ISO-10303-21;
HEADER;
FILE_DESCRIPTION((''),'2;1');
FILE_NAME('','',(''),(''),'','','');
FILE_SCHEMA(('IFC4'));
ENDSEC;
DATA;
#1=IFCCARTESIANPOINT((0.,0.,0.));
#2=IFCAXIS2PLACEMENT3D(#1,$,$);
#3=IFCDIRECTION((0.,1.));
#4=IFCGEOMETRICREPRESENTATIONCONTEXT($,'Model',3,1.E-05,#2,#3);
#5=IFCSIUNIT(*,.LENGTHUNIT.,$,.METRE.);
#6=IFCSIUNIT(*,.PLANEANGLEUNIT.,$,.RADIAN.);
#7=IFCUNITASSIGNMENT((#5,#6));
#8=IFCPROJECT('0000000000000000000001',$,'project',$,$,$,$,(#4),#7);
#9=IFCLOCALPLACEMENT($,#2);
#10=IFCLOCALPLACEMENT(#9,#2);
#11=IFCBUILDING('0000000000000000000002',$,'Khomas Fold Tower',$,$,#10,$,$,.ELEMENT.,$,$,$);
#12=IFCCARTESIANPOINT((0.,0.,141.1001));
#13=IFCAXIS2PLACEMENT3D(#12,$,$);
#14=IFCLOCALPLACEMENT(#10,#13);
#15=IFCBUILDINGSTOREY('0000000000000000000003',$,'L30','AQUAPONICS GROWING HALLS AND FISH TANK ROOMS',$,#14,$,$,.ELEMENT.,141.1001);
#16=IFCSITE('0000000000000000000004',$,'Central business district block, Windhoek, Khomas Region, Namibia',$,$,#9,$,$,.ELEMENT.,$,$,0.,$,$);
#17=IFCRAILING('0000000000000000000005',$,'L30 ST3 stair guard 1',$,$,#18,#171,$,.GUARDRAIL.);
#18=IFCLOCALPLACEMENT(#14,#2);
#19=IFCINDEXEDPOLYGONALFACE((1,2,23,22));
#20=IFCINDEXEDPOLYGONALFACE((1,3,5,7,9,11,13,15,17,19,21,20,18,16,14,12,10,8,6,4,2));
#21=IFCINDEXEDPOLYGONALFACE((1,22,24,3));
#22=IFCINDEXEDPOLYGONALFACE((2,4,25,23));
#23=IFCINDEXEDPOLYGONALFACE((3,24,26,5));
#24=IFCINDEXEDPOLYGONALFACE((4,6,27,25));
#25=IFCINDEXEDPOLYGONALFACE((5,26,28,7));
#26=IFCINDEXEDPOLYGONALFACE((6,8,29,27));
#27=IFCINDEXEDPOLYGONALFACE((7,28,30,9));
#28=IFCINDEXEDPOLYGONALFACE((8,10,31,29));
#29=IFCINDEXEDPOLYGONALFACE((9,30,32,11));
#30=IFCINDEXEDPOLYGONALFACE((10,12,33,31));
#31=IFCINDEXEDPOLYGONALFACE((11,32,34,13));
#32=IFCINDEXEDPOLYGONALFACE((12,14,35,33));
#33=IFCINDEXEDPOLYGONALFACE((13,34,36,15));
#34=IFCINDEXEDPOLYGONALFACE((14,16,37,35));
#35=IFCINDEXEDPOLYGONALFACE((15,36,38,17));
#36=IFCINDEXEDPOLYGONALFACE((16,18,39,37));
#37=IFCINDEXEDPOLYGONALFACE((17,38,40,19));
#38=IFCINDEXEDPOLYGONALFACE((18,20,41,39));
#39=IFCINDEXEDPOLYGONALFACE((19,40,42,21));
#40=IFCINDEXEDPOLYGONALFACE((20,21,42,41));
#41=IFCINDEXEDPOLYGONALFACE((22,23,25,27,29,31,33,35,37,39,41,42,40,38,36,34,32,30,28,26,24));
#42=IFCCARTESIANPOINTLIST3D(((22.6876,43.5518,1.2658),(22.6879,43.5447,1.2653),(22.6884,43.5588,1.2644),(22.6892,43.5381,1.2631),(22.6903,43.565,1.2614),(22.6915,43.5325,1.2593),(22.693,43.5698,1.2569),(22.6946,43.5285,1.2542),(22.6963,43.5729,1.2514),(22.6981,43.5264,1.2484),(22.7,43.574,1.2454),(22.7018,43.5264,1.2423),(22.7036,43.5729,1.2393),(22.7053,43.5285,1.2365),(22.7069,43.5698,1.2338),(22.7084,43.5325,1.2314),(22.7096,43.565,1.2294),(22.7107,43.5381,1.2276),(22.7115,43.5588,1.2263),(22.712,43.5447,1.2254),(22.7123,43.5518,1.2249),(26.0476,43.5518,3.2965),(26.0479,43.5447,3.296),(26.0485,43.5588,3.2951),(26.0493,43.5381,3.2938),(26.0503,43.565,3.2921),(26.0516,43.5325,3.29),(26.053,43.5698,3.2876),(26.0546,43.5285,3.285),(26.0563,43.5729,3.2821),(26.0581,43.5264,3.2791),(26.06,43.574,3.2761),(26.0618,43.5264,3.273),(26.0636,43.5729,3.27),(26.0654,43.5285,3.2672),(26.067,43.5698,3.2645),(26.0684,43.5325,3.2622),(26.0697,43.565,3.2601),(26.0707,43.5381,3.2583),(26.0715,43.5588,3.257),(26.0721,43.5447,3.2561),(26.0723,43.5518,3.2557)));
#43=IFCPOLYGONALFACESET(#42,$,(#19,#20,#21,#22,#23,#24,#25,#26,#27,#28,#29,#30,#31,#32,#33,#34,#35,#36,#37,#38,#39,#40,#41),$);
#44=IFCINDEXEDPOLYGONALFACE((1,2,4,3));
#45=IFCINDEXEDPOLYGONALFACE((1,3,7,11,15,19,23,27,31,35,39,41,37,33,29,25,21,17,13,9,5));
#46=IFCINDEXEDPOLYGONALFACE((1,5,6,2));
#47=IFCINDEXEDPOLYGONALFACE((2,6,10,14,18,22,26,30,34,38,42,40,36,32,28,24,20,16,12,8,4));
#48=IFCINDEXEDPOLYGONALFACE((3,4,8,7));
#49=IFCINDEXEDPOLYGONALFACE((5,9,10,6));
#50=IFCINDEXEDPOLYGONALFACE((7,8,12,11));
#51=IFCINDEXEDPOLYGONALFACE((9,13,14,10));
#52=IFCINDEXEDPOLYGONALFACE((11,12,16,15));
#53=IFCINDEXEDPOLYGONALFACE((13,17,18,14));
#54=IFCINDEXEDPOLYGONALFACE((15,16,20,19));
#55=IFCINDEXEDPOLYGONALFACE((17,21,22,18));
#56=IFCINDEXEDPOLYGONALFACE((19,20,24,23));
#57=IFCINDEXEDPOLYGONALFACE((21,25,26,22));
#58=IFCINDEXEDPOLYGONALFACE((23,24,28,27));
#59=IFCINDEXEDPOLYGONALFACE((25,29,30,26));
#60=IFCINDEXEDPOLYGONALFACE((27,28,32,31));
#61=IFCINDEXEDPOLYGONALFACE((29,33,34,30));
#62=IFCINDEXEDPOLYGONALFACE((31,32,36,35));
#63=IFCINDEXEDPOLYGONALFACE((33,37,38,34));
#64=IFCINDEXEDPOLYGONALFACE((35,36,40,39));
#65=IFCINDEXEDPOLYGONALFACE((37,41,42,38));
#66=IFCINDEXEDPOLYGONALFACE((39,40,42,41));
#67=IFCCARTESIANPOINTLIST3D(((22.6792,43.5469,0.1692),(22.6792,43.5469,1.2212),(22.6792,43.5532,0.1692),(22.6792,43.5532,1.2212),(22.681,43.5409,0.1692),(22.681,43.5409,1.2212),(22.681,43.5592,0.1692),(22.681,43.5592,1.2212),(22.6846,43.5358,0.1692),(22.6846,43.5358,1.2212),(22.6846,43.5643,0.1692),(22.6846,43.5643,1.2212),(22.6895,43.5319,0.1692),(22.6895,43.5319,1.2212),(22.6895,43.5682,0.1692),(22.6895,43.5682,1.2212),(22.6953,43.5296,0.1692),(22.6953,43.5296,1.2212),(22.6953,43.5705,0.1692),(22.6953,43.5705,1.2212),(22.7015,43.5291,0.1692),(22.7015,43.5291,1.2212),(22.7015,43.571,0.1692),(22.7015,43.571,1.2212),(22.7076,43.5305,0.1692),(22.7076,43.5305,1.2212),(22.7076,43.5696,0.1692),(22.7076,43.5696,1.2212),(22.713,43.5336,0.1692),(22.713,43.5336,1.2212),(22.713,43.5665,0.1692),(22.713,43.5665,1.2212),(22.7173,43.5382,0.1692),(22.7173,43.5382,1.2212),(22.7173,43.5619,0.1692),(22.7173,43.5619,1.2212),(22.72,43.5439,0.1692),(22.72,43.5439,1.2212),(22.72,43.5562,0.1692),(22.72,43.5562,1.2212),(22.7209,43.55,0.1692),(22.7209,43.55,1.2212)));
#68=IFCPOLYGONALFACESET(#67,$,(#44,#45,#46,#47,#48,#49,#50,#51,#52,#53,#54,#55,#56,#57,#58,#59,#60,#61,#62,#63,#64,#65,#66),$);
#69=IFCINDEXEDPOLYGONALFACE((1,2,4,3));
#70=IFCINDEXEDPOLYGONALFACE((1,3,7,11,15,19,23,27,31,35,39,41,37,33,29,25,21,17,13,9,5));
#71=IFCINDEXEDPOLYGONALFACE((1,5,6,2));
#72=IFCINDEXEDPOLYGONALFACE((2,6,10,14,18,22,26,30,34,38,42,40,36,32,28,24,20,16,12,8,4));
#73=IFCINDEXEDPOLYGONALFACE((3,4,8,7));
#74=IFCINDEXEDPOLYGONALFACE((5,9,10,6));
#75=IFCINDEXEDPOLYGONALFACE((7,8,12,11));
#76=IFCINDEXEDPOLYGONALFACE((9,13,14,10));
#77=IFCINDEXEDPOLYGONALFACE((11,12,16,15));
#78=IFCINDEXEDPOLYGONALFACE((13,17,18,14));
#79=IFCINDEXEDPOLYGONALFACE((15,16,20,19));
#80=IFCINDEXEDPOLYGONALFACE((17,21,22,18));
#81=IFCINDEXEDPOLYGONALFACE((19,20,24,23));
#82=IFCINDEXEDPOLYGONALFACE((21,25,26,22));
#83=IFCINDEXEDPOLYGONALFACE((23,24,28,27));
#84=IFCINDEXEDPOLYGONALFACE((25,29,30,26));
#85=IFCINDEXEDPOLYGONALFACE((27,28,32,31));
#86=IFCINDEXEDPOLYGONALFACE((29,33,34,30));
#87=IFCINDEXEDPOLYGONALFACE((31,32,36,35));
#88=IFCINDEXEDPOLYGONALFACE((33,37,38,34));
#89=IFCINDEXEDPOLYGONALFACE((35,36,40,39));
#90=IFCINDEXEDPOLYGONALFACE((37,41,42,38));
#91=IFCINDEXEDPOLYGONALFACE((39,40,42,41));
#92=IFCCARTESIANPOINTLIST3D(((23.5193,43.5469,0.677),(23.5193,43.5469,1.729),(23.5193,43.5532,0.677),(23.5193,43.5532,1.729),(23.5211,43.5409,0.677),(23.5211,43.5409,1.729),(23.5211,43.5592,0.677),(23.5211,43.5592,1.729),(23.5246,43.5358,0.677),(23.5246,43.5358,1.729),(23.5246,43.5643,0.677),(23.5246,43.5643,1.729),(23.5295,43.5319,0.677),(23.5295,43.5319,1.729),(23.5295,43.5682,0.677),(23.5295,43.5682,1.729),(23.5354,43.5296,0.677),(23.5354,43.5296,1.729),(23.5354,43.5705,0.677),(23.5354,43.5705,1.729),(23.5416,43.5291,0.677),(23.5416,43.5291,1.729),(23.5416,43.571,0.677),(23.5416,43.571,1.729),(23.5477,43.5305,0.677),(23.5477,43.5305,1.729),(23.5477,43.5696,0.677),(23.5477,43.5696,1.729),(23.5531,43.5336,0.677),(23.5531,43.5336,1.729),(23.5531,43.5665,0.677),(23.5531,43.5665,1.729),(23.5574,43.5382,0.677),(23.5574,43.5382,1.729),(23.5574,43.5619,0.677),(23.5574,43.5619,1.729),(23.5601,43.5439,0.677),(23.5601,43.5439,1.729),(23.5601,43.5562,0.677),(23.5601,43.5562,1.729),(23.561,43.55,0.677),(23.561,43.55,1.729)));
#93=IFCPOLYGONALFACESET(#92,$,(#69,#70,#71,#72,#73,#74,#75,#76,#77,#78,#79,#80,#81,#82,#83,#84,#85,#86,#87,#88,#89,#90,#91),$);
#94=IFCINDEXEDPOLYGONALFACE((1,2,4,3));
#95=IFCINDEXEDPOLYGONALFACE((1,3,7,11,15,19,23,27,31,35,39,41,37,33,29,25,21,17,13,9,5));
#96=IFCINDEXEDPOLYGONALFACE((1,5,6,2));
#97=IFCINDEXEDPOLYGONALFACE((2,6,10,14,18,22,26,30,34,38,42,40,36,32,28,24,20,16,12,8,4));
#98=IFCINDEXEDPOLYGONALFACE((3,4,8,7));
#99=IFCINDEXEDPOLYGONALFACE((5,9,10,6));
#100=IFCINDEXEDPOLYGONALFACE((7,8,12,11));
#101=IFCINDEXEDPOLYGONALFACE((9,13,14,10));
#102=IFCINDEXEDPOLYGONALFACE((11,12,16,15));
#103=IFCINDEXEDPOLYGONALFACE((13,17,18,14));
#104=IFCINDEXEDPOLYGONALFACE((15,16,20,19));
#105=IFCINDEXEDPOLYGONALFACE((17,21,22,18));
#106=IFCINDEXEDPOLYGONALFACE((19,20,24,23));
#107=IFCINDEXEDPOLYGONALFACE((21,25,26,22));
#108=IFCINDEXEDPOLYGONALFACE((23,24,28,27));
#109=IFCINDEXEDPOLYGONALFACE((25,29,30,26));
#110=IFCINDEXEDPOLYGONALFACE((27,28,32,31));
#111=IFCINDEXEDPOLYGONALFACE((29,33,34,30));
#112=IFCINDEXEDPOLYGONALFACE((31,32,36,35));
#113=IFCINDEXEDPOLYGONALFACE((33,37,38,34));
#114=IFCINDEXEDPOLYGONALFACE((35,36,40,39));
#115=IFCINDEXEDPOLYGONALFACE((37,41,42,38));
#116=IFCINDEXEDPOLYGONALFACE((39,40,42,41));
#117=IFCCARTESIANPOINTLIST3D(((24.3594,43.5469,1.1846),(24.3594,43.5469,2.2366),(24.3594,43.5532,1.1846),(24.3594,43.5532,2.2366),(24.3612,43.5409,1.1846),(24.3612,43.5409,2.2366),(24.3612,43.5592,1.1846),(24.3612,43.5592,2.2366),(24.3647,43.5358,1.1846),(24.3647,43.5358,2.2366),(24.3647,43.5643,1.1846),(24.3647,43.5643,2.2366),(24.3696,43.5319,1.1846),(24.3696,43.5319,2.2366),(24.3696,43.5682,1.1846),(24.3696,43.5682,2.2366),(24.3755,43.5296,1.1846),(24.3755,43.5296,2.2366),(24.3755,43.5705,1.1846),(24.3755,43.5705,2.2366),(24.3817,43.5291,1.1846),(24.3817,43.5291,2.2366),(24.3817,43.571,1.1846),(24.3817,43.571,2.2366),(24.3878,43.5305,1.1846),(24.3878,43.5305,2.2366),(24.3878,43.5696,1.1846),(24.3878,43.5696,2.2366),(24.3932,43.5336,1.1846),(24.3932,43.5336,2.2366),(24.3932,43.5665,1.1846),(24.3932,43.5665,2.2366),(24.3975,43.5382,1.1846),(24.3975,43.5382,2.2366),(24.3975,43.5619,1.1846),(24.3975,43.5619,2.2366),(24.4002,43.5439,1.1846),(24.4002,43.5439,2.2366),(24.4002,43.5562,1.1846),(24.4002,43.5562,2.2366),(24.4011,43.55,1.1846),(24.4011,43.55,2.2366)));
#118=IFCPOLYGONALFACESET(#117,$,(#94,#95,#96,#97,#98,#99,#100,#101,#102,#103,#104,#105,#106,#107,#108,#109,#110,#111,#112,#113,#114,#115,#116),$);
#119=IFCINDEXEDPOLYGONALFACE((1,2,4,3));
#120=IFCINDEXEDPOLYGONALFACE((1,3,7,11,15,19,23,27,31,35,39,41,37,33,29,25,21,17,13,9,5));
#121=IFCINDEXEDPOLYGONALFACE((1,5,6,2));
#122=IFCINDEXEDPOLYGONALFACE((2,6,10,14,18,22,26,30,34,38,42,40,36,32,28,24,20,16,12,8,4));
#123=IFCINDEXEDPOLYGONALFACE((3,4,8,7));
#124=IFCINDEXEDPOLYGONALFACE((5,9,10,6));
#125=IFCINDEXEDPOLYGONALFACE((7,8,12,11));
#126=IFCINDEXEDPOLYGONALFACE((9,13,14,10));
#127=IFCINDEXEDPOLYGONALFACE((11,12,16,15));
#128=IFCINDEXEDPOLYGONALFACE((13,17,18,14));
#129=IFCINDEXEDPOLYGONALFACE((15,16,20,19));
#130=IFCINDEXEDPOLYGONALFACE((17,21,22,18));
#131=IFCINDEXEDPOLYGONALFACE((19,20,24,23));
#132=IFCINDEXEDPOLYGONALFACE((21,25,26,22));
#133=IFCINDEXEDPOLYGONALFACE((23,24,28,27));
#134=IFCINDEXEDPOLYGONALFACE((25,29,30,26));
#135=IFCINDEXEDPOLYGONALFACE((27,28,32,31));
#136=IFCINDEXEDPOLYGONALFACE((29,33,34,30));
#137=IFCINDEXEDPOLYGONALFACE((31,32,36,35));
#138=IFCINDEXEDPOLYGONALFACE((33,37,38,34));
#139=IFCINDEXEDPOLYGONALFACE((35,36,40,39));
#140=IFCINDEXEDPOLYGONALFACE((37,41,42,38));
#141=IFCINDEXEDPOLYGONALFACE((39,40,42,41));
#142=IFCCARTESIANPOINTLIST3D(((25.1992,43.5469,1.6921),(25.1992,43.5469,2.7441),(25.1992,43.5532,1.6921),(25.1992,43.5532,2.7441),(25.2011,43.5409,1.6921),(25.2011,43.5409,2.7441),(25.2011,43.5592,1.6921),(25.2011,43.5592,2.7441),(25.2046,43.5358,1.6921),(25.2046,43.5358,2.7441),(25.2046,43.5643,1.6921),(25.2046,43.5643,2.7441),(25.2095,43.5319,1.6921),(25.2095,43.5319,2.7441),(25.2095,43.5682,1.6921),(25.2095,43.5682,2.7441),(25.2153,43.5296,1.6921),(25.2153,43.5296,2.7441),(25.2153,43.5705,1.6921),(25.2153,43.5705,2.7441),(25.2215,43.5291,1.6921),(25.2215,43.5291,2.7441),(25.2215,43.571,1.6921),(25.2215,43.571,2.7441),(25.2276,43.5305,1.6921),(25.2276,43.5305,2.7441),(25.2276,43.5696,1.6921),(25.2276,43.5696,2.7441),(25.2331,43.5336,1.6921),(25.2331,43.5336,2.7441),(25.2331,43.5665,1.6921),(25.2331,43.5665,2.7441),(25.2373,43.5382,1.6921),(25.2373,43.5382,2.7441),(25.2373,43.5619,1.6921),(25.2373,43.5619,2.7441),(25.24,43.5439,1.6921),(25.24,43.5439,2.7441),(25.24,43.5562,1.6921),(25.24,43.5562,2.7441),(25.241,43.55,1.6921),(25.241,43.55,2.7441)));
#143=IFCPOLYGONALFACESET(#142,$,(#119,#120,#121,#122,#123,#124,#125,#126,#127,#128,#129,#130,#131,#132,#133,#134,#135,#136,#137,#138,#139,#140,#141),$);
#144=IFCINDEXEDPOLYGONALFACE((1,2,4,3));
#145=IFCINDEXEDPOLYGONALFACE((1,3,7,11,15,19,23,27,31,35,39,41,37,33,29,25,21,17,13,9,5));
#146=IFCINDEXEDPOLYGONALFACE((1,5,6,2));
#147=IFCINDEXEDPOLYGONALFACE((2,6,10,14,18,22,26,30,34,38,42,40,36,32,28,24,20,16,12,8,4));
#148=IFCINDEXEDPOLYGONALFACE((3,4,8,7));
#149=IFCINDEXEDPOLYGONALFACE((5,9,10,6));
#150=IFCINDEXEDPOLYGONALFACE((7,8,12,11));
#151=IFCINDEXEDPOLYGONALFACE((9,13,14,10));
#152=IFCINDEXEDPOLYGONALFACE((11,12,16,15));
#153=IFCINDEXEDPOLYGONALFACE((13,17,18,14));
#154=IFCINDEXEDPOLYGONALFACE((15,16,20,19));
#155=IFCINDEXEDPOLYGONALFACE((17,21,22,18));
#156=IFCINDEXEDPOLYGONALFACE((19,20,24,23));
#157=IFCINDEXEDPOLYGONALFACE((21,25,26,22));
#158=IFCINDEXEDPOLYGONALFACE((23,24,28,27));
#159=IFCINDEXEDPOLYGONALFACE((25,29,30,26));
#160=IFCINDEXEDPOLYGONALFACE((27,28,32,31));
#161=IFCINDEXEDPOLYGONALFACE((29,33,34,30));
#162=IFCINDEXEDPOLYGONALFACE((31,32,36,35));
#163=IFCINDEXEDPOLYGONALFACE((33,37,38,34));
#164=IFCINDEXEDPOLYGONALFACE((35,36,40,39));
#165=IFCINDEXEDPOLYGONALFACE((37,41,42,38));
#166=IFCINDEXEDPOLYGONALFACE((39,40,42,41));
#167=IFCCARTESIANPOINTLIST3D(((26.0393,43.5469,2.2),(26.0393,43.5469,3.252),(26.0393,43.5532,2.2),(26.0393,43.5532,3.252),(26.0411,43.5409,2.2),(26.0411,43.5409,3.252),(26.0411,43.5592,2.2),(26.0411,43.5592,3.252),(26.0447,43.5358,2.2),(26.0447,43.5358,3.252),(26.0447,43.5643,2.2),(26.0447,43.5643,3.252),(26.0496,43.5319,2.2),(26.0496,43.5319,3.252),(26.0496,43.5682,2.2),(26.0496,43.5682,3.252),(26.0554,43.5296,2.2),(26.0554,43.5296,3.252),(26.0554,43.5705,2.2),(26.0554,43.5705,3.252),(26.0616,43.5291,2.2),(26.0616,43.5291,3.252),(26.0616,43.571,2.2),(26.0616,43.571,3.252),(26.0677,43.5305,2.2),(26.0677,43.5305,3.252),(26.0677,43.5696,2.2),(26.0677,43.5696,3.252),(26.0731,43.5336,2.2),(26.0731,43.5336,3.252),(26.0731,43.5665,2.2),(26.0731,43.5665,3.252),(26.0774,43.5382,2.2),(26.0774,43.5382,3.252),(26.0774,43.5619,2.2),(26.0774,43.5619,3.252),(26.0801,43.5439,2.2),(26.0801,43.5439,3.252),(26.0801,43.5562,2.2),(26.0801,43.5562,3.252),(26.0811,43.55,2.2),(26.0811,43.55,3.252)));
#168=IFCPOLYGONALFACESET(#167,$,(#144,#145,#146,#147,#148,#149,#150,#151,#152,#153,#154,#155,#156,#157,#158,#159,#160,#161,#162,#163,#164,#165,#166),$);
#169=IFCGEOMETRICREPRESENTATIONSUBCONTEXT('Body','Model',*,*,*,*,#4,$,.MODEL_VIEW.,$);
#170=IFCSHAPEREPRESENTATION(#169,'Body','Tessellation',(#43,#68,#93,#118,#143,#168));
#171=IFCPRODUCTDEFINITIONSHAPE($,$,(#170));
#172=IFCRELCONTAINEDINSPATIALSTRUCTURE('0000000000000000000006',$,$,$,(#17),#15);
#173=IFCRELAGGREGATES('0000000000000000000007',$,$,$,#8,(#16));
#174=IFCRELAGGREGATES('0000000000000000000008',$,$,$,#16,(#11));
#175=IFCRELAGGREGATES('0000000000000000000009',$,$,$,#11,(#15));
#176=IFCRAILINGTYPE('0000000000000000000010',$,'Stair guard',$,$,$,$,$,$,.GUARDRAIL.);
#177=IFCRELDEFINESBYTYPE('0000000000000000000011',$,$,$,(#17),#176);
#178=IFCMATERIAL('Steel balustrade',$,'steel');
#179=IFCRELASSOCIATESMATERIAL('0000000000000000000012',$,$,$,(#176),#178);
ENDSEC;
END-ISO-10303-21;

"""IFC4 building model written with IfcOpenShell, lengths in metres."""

from ifc_helpers import new_model, si_unit, direction, frame, origin, origin_2d, place, context, subcontext, project, spatial, circle, extrude, source, transform, mapped, material, type_object, element, save


model = new_model("IFC4")

# Units and contexts
model_context = context("Model", 3, precision=1e-05, world=origin(), true_north=direction((0.0, 1.0)))
body_context = subcontext(model_context, "Body", "Model", "MODEL_VIEW")
ifc_project = project(units=[si_unit("LENGTHUNIT", "METRE"), si_unit("PLANEANGLEUNIT", "RADIAN")], contexts=[model_context])

# Site, building, storey
site_placement = place(None, origin())
site = spatial("IfcSite", under=ifc_project, at=site_placement, Name="Central business district block, Windhoek, Khomas Region, Namibia", CompositionType="ELEMENT", RefElevation=0.0)
building_placement = place(site_placement, origin())
building = spatial("IfcBuilding", under=site, at=building_placement, Name="Khomas Fold Tower", CompositionType="ELEMENT")
storey_placement = place(building_placement, frame((0.0, 0.0, 141.1001)))
storey = spatial("IfcBuildingStorey", under=building, at=storey_placement, Name="L30", Description="AQUAPONICS GROWING HALLS AND FISH TANK ROOMS", CompositionType="ELEMENT", Elevation=141.1001)

# Railing
ifc_material_1 = material(Name="Steel balustrade", Category="steel")
railing_type_1 = type_object("IfcRailingType", Name="Stair guard", PredefinedType="GUARDRAIL", material=ifc_material_1)
shared_shape_1 = source(origin(), body_context, "Body", "SweptSolid", [
    extrude(circle(Radius=0.0239, at=origin_2d()), frame((0.0, 0.0, 1.0762), z_axis=(0.855837, 0.0, 0.517246), x_axis=(0.0, 1.0, 0.0)), (0.0, 0.0, 1.0), 3.926),
    extrude(circle(Radius=0.021, at=origin_2d()), origin(), (0.0, 0.0, 1.0), 1.052),
    extrude(circle(Radius=0.021, at=origin_2d()), frame((0.8401, 0.0, 0.5078)), (0.0, 0.0, 1.0), 1.052),
    extrude(circle(Radius=0.021, at=origin_2d()), frame((1.6802, 0.0, 1.0154)), (0.0, 0.0, 1.0), 1.052),
    extrude(circle(Radius=0.021, at=origin_2d()), frame((2.52, 0.0, 1.5229)), (0.0, 0.0, 1.0), 1.052),
    extrude(circle(Radius=0.021, at=origin_2d()), frame((3.3601, 0.0, 2.0308)), (0.0, 0.0, 1.0), 1.052),
])
railing_1_placement = place(storey_placement, frame((22.7, 43.55, 0.1692)))
element("IfcRailing", 1, at=railing_1_placement, inside=storey, type_object=railing_type_1, Name="L30 ST3 stair guard 1", PredefinedType="GUARDRAIL", context=body_context, shape_type="MappedRepresentation", body=[
    mapped(shared_shape_1, transform((0.0, 0.0, 0.0))),
])

save(model, "model.ifc")
